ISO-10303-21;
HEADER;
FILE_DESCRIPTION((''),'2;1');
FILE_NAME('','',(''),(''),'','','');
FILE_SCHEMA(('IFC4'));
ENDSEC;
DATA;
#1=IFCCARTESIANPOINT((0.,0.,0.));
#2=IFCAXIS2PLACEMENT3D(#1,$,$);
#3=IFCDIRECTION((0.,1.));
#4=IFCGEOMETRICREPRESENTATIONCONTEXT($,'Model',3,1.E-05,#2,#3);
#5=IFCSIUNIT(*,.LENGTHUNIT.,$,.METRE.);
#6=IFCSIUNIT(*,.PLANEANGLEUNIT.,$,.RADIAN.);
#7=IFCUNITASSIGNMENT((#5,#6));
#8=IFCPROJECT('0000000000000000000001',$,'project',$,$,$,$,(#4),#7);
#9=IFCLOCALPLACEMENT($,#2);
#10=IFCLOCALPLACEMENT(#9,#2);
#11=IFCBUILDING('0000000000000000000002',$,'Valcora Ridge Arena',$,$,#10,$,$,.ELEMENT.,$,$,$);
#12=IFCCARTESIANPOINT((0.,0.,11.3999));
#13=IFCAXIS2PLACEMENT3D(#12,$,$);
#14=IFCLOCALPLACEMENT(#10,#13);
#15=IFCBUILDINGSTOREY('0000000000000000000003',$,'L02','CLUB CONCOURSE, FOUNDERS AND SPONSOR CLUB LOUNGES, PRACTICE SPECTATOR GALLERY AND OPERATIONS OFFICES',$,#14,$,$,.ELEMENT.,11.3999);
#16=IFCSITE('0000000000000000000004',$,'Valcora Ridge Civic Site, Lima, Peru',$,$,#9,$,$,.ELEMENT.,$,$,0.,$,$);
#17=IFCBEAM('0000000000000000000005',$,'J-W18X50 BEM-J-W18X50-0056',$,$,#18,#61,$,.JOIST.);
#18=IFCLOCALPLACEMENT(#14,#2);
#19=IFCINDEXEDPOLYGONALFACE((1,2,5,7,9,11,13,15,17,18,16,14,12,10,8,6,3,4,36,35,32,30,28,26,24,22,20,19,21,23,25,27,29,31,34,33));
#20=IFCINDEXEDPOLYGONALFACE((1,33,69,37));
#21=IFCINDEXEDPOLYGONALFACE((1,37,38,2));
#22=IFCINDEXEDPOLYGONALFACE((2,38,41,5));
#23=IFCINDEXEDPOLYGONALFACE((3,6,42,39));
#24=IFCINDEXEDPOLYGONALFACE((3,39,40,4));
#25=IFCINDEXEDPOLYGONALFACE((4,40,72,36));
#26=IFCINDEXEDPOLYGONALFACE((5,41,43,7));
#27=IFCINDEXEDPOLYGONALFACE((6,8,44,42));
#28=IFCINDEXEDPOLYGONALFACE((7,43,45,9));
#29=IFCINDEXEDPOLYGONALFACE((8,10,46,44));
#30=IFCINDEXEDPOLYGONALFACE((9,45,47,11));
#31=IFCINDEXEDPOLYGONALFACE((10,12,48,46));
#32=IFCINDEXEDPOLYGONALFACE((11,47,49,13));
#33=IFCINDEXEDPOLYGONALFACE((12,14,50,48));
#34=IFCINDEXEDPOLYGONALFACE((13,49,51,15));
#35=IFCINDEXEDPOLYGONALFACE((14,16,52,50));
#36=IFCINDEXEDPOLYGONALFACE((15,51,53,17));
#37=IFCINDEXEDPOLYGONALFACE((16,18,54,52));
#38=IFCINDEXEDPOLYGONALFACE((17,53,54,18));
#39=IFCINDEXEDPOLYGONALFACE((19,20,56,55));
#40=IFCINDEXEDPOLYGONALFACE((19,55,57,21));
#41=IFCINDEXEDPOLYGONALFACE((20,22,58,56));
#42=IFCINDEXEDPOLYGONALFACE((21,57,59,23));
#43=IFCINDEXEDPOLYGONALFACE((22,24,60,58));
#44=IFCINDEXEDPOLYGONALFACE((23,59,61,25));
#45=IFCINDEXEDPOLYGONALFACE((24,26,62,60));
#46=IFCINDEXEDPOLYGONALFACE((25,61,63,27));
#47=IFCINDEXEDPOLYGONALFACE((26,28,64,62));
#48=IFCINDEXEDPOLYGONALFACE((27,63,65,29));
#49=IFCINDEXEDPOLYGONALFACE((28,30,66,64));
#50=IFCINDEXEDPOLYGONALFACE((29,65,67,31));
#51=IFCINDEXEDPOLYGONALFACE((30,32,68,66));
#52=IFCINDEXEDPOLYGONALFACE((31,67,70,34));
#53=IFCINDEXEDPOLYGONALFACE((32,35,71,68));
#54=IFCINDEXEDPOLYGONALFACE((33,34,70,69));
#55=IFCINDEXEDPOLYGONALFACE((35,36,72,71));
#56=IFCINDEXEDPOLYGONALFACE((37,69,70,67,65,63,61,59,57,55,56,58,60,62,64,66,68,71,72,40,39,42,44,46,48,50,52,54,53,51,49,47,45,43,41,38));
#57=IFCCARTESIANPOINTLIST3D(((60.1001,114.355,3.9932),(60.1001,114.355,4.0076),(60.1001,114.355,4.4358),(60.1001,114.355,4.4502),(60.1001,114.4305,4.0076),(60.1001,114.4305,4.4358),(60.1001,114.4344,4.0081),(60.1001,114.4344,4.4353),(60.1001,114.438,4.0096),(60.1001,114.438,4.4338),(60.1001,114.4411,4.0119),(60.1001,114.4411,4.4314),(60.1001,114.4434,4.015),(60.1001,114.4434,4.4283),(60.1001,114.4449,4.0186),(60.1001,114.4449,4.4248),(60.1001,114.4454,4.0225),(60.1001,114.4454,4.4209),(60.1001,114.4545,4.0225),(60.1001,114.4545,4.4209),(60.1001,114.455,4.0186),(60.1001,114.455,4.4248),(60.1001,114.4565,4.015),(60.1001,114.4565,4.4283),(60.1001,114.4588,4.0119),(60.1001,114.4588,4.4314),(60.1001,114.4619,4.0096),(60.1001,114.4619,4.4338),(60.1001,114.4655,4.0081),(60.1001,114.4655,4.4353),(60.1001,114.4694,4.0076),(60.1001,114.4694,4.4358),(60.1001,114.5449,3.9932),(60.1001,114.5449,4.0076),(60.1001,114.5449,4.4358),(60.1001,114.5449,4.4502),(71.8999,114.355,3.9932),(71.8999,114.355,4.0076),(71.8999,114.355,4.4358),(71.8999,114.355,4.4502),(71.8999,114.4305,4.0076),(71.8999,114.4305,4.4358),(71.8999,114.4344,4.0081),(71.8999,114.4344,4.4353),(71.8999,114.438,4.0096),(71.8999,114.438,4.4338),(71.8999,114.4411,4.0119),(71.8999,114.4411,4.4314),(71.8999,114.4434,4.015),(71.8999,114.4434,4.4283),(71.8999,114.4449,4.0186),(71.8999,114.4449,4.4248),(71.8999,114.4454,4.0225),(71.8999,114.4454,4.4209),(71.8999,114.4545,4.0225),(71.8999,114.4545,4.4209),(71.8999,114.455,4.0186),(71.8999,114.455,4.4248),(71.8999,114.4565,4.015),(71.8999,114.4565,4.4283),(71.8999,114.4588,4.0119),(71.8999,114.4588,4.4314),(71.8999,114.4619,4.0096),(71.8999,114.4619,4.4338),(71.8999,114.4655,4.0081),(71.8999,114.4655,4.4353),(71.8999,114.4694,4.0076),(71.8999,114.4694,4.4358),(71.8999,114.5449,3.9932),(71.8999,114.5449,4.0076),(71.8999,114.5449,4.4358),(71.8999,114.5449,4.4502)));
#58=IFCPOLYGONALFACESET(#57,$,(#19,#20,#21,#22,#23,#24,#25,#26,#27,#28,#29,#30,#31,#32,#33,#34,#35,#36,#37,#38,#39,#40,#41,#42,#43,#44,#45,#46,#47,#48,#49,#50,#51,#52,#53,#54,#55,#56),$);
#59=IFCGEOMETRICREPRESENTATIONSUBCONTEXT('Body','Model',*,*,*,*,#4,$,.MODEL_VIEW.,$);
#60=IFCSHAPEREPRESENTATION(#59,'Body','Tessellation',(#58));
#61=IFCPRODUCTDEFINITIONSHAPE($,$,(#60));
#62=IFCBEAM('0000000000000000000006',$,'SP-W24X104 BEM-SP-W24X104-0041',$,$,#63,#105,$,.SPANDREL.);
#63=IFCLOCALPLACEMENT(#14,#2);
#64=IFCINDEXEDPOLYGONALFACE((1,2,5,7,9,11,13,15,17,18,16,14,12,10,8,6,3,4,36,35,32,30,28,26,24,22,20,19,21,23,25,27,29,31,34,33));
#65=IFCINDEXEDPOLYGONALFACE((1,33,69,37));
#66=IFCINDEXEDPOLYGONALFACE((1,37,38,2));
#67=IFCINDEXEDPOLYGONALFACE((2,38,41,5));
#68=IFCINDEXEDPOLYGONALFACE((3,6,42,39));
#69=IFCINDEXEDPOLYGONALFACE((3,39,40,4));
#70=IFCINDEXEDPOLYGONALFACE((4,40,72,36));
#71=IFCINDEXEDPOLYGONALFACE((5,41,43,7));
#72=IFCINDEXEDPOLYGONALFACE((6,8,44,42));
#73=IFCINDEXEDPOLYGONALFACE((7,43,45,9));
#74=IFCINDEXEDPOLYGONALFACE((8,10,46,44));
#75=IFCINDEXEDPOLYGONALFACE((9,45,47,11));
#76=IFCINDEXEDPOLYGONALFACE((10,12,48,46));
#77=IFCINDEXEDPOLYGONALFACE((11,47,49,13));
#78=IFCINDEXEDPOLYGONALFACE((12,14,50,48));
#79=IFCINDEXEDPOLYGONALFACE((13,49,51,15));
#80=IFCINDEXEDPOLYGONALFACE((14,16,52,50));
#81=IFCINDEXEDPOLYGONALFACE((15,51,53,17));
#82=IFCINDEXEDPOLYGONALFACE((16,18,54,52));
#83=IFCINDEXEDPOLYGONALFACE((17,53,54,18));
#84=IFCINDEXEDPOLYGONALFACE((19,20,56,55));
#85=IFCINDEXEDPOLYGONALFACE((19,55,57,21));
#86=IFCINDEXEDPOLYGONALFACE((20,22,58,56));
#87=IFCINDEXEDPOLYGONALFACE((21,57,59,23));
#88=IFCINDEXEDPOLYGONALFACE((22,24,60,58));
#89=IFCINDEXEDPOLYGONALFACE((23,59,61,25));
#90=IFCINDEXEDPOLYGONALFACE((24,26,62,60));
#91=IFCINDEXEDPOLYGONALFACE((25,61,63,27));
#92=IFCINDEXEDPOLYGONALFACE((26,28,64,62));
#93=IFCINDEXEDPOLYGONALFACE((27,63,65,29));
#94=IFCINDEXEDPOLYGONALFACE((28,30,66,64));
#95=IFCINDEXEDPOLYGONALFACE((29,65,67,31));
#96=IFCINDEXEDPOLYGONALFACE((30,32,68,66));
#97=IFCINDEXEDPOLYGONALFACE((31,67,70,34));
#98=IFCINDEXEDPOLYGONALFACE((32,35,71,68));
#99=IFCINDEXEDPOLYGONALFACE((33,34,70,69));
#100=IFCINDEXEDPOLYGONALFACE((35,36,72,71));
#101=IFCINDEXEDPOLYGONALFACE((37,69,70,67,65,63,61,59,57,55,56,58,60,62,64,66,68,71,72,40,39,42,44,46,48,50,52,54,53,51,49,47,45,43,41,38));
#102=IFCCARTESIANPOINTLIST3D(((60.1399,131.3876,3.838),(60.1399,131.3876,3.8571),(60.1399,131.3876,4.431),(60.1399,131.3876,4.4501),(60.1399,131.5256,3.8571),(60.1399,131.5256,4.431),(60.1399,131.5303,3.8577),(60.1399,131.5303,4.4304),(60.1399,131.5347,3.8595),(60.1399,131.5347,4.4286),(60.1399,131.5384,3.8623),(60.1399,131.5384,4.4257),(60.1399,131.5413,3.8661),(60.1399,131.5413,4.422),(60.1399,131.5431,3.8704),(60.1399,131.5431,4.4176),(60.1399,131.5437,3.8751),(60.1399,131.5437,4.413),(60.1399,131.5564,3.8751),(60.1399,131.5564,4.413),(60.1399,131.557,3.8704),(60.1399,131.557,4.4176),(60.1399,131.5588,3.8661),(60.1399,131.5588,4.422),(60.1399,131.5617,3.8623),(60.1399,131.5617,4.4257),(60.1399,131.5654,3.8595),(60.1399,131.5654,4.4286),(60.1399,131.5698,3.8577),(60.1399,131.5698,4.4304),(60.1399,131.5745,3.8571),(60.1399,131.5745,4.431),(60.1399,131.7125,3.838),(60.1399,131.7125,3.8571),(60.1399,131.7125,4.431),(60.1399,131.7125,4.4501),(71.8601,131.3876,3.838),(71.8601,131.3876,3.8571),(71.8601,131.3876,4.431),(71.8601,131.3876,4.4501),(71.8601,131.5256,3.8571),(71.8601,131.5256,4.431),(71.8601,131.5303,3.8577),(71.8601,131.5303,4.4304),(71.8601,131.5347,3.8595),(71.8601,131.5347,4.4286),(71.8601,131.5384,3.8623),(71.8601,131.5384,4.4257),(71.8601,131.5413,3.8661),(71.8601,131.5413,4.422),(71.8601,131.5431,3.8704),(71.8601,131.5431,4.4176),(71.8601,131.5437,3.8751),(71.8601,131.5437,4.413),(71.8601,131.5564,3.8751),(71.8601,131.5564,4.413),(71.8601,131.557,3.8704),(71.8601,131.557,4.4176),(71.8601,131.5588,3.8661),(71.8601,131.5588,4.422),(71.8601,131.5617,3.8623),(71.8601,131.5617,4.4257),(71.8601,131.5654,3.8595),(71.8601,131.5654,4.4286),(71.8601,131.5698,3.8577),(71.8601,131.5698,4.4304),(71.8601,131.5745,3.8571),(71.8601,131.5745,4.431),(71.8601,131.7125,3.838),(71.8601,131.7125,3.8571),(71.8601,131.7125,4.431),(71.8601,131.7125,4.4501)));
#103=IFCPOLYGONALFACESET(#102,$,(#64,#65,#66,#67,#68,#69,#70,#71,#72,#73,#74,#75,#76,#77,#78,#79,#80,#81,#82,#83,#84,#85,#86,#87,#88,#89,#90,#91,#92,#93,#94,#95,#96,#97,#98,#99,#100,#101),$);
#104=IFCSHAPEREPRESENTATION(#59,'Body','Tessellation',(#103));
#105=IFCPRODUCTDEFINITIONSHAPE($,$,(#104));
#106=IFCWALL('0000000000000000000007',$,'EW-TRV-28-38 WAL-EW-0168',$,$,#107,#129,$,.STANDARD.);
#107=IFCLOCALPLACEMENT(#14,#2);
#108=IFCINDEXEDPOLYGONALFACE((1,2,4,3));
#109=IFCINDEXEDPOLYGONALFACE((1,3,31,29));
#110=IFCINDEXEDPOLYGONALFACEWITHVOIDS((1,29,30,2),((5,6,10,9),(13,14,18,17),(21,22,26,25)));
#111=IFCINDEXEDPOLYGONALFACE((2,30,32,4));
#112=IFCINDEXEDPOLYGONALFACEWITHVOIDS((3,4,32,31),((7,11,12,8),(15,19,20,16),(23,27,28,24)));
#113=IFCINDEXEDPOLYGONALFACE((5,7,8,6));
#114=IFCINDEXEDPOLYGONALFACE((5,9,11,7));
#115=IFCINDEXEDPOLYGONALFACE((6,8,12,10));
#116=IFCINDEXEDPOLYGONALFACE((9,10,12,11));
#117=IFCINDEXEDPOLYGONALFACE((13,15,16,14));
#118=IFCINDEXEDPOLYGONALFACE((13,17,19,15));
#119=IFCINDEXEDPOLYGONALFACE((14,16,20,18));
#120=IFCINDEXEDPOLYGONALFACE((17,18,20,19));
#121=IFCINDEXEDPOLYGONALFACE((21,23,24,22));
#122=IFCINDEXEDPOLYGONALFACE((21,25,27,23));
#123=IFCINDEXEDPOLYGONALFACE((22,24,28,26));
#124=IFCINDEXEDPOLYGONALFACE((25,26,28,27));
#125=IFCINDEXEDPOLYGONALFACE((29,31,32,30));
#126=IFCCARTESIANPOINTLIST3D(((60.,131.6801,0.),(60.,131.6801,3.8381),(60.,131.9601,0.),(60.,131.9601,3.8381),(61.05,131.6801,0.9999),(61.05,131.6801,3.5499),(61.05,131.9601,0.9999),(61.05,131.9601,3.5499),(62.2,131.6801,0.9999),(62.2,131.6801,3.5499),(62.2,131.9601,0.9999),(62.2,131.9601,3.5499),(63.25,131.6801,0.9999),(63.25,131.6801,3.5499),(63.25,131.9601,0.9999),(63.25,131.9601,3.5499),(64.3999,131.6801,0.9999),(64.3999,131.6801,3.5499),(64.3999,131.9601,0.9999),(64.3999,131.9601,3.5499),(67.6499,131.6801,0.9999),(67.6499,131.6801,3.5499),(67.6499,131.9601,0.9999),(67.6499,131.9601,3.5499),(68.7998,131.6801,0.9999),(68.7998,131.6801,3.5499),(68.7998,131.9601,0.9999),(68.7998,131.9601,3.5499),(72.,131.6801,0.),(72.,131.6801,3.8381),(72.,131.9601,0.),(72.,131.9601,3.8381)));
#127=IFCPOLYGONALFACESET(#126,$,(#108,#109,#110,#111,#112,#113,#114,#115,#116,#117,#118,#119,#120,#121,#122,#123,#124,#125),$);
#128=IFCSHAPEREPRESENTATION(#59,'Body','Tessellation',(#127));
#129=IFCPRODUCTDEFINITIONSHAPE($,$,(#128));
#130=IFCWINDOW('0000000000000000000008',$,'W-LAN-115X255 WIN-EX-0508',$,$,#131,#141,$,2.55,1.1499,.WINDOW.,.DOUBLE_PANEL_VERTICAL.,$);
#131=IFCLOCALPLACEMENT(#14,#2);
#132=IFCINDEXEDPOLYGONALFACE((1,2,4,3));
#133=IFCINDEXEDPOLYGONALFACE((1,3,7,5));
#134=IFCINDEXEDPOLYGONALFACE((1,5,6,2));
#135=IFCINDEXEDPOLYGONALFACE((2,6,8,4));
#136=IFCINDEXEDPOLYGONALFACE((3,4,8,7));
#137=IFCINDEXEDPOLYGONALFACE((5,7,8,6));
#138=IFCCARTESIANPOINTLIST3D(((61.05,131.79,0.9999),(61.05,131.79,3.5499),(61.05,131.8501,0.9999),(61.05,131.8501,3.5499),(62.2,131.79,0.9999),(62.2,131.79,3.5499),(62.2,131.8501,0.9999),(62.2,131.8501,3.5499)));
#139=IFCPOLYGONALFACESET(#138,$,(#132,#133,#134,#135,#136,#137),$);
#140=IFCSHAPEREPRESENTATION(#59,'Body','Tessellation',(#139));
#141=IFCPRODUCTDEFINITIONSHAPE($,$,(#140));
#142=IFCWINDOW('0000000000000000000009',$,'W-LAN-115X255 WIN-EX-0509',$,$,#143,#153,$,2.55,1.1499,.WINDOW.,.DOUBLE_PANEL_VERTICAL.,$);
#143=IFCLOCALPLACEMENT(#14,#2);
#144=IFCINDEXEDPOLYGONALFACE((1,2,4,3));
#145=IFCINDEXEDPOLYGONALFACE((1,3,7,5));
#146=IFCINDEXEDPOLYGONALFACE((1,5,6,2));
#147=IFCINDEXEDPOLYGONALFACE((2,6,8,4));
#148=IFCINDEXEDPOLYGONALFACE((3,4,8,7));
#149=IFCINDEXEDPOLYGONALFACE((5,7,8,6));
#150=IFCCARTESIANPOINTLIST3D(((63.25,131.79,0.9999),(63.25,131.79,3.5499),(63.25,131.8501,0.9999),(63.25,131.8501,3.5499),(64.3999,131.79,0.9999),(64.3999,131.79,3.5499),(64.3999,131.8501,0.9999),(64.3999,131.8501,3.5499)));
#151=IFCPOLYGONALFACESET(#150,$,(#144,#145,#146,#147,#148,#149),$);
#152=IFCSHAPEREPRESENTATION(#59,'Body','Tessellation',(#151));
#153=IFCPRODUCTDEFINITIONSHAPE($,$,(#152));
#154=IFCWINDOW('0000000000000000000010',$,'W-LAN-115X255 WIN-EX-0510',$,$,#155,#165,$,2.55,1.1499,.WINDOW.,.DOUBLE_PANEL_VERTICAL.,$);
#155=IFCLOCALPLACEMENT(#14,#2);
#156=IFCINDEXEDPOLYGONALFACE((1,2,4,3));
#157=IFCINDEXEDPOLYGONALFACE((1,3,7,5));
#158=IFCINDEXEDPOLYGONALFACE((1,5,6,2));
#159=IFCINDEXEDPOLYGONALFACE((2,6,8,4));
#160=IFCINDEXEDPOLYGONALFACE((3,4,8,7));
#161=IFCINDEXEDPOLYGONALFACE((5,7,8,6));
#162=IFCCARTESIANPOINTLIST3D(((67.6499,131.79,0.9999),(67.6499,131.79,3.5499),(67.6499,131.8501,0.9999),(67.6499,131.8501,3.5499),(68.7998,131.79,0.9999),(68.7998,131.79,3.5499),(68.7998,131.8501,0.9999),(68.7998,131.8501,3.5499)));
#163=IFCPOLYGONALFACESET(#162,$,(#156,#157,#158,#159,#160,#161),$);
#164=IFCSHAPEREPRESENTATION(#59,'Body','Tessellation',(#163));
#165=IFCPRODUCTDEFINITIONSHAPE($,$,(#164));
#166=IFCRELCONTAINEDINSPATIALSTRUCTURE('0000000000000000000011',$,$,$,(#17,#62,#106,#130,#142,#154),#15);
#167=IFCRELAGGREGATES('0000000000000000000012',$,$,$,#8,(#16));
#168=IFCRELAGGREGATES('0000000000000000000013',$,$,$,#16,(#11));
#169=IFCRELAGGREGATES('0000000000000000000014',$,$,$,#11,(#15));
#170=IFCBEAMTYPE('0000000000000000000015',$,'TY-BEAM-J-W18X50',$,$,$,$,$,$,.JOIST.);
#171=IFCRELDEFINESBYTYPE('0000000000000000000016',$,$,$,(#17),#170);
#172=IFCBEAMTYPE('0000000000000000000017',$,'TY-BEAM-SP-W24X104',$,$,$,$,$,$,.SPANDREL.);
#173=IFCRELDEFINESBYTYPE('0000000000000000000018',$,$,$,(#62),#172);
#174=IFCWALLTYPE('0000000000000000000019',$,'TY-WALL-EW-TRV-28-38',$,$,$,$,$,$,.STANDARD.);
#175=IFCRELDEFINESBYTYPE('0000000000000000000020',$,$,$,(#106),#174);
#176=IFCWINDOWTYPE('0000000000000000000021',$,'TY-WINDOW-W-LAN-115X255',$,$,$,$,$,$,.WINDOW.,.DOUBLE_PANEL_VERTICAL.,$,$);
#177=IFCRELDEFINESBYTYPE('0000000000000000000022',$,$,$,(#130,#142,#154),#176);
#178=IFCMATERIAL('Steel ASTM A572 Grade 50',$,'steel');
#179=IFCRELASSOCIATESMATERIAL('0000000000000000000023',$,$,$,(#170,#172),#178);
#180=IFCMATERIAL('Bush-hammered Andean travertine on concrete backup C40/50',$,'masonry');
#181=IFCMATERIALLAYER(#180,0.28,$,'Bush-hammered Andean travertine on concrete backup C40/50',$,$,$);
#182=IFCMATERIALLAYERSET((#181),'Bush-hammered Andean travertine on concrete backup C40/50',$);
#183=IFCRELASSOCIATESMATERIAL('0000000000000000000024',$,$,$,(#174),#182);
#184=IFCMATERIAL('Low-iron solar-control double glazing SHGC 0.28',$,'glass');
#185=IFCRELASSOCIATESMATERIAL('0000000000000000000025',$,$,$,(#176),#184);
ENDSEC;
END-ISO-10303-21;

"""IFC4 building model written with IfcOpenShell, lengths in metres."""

from ifc_helpers import new_model, si_unit, direction, frame, frame_2d, origin, origin_2d, place, context, subcontext, project, spatial, rectangle, i_section, extrude, material, layer, layer_set, material_profile, profile_set, type_object, element, fill, save


model = new_model("IFC4")

# Units and contexts
model_context = context("Model", 3, precision=1e-05, world=origin(), true_north=direction((0.0, 1.0)))
body_context = subcontext(model_context, "Body", "Model", "MODEL_VIEW")
ifc_project = project(units=[si_unit("LENGTHUNIT", "METRE"), si_unit("PLANEANGLEUNIT", "RADIAN")], contexts=[model_context])

# Site, building, storey
site_placement = place(None, origin())
site = spatial("IfcSite", under=ifc_project, at=site_placement, Name="Valcora Ridge Civic Site, Lima, Peru", CompositionType="ELEMENT", RefElevation=0.0)
building_placement = place(site_placement, origin())
building = spatial("IfcBuilding", under=site, at=building_placement, Name="Valcora Ridge Arena", CompositionType="ELEMENT")
storey_placement = place(building_placement, frame((0.0, 0.0, 11.3999)))
storey = spatial("IfcBuildingStorey", under=building, at=storey_placement, Name="L02", Description="CLUB CONCOURSE, FOUNDERS AND SPONSOR CLUB LOUNGES, PRACTICE SPECTATOR GALLERY AND OPERATIONS OFFICES", CompositionType="ELEMENT", Elevation=11.3999)

# Beams
ifc_material_1 = material(Name="Steel ASTM A572 Grade 50", Category="steel")
ifc_material_profile_1 = material_profile(ifc_material_1, i_section(OverallWidth=0.1899, OverallDepth=0.457, WebThickness=0.009, FlangeThickness=0.0144, FilletRadius=0.0149, at=origin_2d()), Name="W18X50")
ifc_profile_set_1 = profile_set([ifc_material_profile_1], Name="Steel ASTM A572 Grade 50")
beam_type_1 = type_object("IfcBeamType", Name="TY-BEAM-J-W18X50", PredefinedType="JOIST", material=ifc_profile_set_1)
beam_1_placement = place(storey_placement, frame((60.1001, 114.45, 4.2217), z_axis=(1.0, 0.0, 0.0), x_axis=(0.0, 1.0, 0.0)))
element("IfcBeam", 1, at=beam_1_placement, inside=storey, type_object=beam_type_1, Name="J-W18X50 BEM-J-W18X50-0056", PredefinedType="JOIST", context=body_context, shape_type="SweptSolid", body=[
    extrude(i_section(OverallWidth=0.1899, OverallDepth=0.457, WebThickness=0.009, FlangeThickness=0.0144, FilletRadius=0.0149, at=origin_2d()), origin(), (0.0, 0.0, 1.0), 11.7998),
])
ifc_material_profile_2 = material_profile(ifc_material_1, i_section(OverallWidth=0.325, OverallDepth=0.6121, WebThickness=0.0127, FlangeThickness=0.019, FilletRadius=0.0181, at=origin_2d()), Name="W24X104")
ifc_profile_set_2 = profile_set([ifc_material_profile_2], Name="Steel ASTM A572 Grade 50")
beam_type_2 = type_object("IfcBeamType", Name="TY-BEAM-SP-W24X104", PredefinedType="SPANDREL", material=ifc_profile_set_2)
beam_2_placement = place(storey_placement, frame((60.1399, 131.55, 4.144), z_axis=(1.0, 0.0, 0.0), x_axis=(0.0, 1.0, 0.0)))
element("IfcBeam", 2, at=beam_2_placement, inside=storey, type_object=beam_type_2, Name="SP-W24X104 BEM-SP-W24X104-0041", PredefinedType="SPANDREL", context=body_context, shape_type="SweptSolid", body=[
    extrude(i_section(OverallWidth=0.325, OverallDepth=0.6121, WebThickness=0.0127, FlangeThickness=0.019, FilletRadius=0.0181, at=origin_2d()), origin(), (0.0, 0.0, 1.0), 11.7202),
])

# Wall, openings, windows
ifc_material_2 = material(Name="Bush-hammered Andean travertine on concrete backup C40/50", Category="masonry")
ifc_layer_1 = layer(ifc_material_2, 0.28, Name="Bush-hammered Andean travertine on concrete backup C40/50")
ifc_layer_set_1 = layer_set([ifc_layer_1], Name="Bush-hammered Andean travertine on concrete backup C40/50")
wall_type_1 = type_object("IfcWallType", Name="TY-WALL-EW-TRV-28-38", PredefinedType="STANDARD", material=ifc_layer_set_1)
wall_1_placement = place(storey_placement, frame((60.0, 131.8201, 0.0), z_axis=(0.0, 0.0, 1.0), x_axis=(1.0, 0.0, 0.0)))
wall_1 = element("IfcWall", 3, at=wall_1_placement, inside=storey, type_object=wall_type_1, Name="EW-TRV-28-38 WAL-EW-0168", PredefinedType="STANDARD", context=body_context, shape_type="SweptSolid", body=[
    extrude(rectangle(XDim=12.0, YDim=0.28, at=frame_2d((6.0, 0.0))), origin(), (0.0, 0.0, 1.0), 3.8381),
])
opening_1_placement = place(wall_1_placement, frame((1.05, 0.0, 1.0)))
opening_1 = element("IfcOpeningElement", 4, at=opening_1_placement, cuts=wall_1, PredefinedType="OPENING", context=body_context, shape_type="SweptSolid", body=[
    extrude(rectangle(XDim=1.1499, YDim=2.55, at=frame_2d((0.575, 1.2749))), frame((0.0, 0.1499, 0.0), z_axis=(0.0, -1.0, 0.0), x_axis=(1.0, 0.0, 0.0)), (0.0, 0.0, 1.0), 0.3),
])
opening_2_placement = place(wall_1_placement, frame((3.25, 0.0, 1.0)))
opening_2 = element("IfcOpeningElement", 5, at=opening_2_placement, cuts=wall_1, PredefinedType="OPENING", context=body_context, shape_type="SweptSolid", body=[
    extrude(rectangle(XDim=1.1499, YDim=2.55, at=frame_2d((0.575, 1.2749))), frame((0.0, 0.1499, 0.0), z_axis=(0.0, -1.0, 0.0), x_axis=(1.0, 0.0, 0.0)), (0.0, 0.0, 1.0), 0.3),
])
opening_3_placement = place(wall_1_placement, frame((7.6499, 0.0, 1.0)))
opening_3 = element("IfcOpeningElement", 6, at=opening_3_placement, cuts=wall_1, PredefinedType="OPENING", context=body_context, shape_type="SweptSolid", body=[
    extrude(rectangle(XDim=1.1499, YDim=2.55, at=frame_2d((0.575, 1.2749))), frame((0.0, 0.1499, 0.0), z_axis=(0.0, -1.0, 0.0), x_axis=(1.0, 0.0, 0.0)), (0.0, 0.0, 1.0), 0.3),
])
ifc_material_3 = material(Name="Low-iron solar-control double glazing SHGC 0.28", Category="glass")
window_type = type_object("IfcWindowType", Name="TY-WINDOW-W-LAN-115X255", PartitioningType="DOUBLE_PANEL_VERTICAL", PredefinedType="WINDOW", material=ifc_material_3)
window_1_placement = place(opening_1_placement, origin())
window_1 = element("IfcWindow", 7, at=window_1_placement, inside=storey, type_object=window_type, Name="W-LAN-115X255 WIN-EX-0508", OverallHeight=2.55, OverallWidth=1.1499, PartitioningType="DOUBLE_PANEL_VERTICAL", PredefinedType="WINDOW", context=body_context, shape_type="SweptSolid", body=[
    extrude(rectangle(XDim=1.1499, YDim=2.55, at=frame_2d((0.575, 1.2749))), frame((0.0, 0.03, 0.0), z_axis=(0.0, -1.0, 0.0), x_axis=(1.0, 0.0, 0.0)), (0.0, 0.0, 1.0), 0.0601),
])
fill(opening_1, window_1)
window_2_placement = place(opening_2_placement, origin())
window_2 = element("IfcWindow", 8, at=window_2_placement, inside=storey, type_object=window_type, Name="W-LAN-115X255 WIN-EX-0509", OverallHeight=2.55, OverallWidth=1.1499, PartitioningType="DOUBLE_PANEL_VERTICAL", PredefinedType="WINDOW", context=body_context, shape_type="SweptSolid", body=[
    extrude(rectangle(XDim=1.1499, YDim=2.55, at=frame_2d((0.575, 1.2749))), frame((0.0, 0.03, 0.0), z_axis=(0.0, -1.0, 0.0), x_axis=(1.0, 0.0, 0.0)), (0.0, 0.0, 1.0), 0.0601),
])
fill(opening_2, window_2)
window_3_placement = place(opening_3_placement, origin())
window_3 = element("IfcWindow", 9, at=window_3_placement, inside=storey, type_object=window_type, Name="W-LAN-115X255 WIN-EX-0510", OverallHeight=2.55, OverallWidth=1.1499, PartitioningType="DOUBLE_PANEL_VERTICAL", PredefinedType="WINDOW", context=body_context, shape_type="SweptSolid", body=[
    extrude(rectangle(XDim=1.1499, YDim=2.55, at=frame_2d((0.575, 1.2749))), frame((0.0, 0.03, 0.0), z_axis=(0.0, -1.0, 0.0), x_axis=(1.0, 0.0, 0.0)), (0.0, 0.0, 1.0), 0.0601),
])
fill(opening_3, window_3)

save(model, "model.ifc")
